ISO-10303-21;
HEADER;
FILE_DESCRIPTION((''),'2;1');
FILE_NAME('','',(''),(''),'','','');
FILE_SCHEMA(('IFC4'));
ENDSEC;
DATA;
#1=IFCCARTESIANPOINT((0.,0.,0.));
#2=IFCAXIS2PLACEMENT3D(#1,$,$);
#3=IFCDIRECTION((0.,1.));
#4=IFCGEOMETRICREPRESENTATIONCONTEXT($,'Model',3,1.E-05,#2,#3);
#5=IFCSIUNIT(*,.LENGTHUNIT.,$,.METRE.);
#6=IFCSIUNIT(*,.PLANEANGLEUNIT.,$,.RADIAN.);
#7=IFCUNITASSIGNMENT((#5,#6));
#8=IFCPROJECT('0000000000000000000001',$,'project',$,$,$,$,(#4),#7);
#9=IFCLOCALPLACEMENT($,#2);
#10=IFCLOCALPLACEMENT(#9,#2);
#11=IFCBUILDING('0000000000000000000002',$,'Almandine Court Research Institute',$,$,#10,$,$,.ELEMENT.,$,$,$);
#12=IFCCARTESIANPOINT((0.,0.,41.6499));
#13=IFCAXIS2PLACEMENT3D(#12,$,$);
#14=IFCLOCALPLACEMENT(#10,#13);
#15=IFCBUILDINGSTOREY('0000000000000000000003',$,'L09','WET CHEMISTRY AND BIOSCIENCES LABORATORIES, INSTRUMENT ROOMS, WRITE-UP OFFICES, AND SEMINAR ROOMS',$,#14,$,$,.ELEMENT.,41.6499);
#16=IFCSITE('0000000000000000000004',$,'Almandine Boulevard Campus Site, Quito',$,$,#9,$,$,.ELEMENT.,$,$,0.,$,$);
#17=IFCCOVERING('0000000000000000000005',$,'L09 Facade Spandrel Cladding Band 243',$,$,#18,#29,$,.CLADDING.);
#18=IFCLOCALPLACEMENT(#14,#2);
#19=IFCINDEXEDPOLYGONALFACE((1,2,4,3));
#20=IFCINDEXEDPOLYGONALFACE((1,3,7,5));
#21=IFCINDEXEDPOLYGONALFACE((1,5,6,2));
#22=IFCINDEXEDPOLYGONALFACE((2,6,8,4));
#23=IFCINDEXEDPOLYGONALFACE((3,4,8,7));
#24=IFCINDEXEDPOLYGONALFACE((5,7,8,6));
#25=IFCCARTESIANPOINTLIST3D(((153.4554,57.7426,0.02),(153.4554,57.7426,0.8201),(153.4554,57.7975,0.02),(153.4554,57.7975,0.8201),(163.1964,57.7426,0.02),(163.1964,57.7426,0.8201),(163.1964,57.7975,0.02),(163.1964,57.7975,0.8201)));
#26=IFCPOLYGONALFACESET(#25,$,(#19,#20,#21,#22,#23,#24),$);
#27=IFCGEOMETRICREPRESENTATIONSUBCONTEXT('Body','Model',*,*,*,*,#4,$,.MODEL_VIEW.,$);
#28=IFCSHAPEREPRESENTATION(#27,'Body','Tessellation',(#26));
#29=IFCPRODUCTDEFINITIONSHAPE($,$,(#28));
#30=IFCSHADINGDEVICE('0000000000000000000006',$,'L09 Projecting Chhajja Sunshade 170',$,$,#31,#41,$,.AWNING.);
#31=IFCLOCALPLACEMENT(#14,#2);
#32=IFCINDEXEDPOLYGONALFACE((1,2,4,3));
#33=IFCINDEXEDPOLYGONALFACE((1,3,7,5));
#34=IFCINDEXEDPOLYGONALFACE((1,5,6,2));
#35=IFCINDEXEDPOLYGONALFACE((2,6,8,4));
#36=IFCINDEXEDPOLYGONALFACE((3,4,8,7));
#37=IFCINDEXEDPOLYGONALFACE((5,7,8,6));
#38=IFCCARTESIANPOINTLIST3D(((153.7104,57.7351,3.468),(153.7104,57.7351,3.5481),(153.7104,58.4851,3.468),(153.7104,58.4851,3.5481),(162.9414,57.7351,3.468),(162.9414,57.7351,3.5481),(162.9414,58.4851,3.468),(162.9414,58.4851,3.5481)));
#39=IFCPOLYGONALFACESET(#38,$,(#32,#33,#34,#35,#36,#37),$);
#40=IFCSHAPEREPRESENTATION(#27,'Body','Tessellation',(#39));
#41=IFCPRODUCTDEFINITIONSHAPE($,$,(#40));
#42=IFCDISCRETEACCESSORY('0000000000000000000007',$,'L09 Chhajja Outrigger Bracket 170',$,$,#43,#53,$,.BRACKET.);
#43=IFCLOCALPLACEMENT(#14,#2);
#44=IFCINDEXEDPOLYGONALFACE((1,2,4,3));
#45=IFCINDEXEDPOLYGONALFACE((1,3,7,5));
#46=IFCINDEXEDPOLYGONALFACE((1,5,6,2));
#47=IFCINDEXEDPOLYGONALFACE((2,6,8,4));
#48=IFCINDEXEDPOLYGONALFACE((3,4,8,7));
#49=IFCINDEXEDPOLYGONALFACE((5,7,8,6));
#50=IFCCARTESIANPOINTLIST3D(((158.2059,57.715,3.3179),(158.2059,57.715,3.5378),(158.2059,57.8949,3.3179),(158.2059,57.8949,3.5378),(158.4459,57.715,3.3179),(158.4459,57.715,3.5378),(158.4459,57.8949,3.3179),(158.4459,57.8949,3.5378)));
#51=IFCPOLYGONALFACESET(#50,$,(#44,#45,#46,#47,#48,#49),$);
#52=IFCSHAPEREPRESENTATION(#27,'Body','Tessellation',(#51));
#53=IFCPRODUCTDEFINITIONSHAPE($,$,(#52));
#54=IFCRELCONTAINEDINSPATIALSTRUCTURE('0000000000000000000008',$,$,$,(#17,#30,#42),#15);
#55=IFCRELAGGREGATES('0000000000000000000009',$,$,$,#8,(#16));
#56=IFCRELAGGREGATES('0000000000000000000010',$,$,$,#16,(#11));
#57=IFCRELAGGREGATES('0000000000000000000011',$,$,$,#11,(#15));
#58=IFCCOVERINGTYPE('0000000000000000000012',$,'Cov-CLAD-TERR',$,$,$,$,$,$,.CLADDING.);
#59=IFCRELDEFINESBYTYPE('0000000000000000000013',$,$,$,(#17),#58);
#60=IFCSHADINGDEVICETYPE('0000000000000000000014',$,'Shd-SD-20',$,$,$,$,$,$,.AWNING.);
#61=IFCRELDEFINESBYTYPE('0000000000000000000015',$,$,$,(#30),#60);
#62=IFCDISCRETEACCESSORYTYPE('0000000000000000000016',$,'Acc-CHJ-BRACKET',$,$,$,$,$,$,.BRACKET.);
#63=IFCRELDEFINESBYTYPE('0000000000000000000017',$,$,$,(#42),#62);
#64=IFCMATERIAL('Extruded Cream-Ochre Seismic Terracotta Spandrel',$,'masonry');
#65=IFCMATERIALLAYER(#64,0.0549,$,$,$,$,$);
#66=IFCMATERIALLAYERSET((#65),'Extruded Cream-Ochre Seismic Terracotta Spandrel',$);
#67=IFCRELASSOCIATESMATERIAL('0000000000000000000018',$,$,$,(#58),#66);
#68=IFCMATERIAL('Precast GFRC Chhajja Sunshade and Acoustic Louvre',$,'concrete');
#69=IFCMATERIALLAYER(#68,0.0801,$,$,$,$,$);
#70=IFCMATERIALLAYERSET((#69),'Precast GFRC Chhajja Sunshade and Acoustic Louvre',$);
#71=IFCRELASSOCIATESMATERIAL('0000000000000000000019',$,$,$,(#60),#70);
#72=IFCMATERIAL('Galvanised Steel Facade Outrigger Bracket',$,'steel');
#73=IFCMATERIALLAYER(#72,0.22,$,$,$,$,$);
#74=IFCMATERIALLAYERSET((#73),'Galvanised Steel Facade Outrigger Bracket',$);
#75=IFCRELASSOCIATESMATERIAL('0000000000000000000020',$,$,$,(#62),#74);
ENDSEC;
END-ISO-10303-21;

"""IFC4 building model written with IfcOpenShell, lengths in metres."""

from ifc_helpers import new_model, si_unit, direction, frame, origin, origin_2d, place, context, subcontext, project, spatial, rectangle, extrude, material, layer, layer_set, type_object, element, save


model = new_model("IFC4")

# Units and contexts
model_context = context("Model", 3, precision=1e-05, world=origin(), true_north=direction((0.0, 1.0)))
body_context = subcontext(model_context, "Body", "Model", "MODEL_VIEW")
ifc_project = project(units=[si_unit("LENGTHUNIT", "METRE"), si_unit("PLANEANGLEUNIT", "RADIAN")], contexts=[model_context])

# Site, building, storey
site_placement = place(None, origin())
site = spatial("IfcSite", under=ifc_project, at=site_placement, Name="Almandine Boulevard Campus Site, Quito", CompositionType="ELEMENT", RefElevation=0.0)
building_placement = place(site_placement, origin())
building = spatial("IfcBuilding", under=site, at=building_placement, Name="Almandine Court Research Institute", CompositionType="ELEMENT")
storey_placement = place(building_placement, frame((0.0, 0.0, 41.6499)))
storey = spatial("IfcBuildingStorey", under=building, at=storey_placement, Name="L09", Description="WET CHEMISTRY AND BIOSCIENCES LABORATORIES, INSTRUMENT ROOMS, WRITE-UP OFFICES, AND SEMINAR ROOMS", CompositionType="ELEMENT", Elevation=41.6499)

# Covering
ifc_material_1 = material(Name="Extruded Cream-Ochre Seismic Terracotta Spandrel", Category="masonry")
ifc_layer_1 = layer(ifc_material_1, 0.0549)
ifc_layer_set_1 = layer_set([ifc_layer_1], Name="Extruded Cream-Ochre Seismic Terracotta Spandrel")
covering_type = type_object("IfcCoveringType", Name="Cov-CLAD-TERR", PredefinedType="CLADDING", material=ifc_layer_set_1)
covering_placement = place(storey_placement, frame((158.3259, 57.77, 0.02), z_axis=(0.0, 0.0, 1.0), x_axis=(1.0, 0.0, 0.0)))
element("IfcCovering", 1, at=covering_placement, inside=storey, type_object=covering_type, Name="L09 Facade Spandrel Cladding Band 243", PredefinedType="CLADDING", context=body_context, shape_type="SweptSolid", body=[
    extrude(rectangle(XDim=9.741, YDim=0.0549, at=origin_2d()), origin(), (0.0, 0.0, 1.0), 0.8),
])

# Shading device
ifc_material_2 = material(Name="Precast GFRC Chhajja Sunshade and Acoustic Louvre", Category="concrete")
ifc_layer_2 = layer(ifc_material_2, 0.0801)
ifc_layer_set_2 = layer_set([ifc_layer_2], Name="Precast GFRC Chhajja Sunshade and Acoustic Louvre")
shading_device_type = type_object("IfcShadingDeviceType", Name="Shd-SD-20", PredefinedType="AWNING", material=ifc_layer_set_2)
shading_device_placement = place(storey_placement, frame((158.3259, 58.1101, 3.468), z_axis=(0.0, 0.0, 1.0), x_axis=(1.0, 0.0, 0.0)))
element("IfcShadingDevice", 2, at=shading_device_placement, inside=storey, type_object=shading_device_type, Name="L09 Projecting Chhajja Sunshade 170", PredefinedType="AWNING", context=body_context, shape_type="SweptSolid", body=[
    extrude(rectangle(XDim=9.231, YDim=0.75, at=origin_2d()), origin(), (0.0, 0.0, 1.0), 0.0801),
])

# Discrete accessory
ifc_material_3 = material(Name="Galvanised Steel Facade Outrigger Bracket", Category="steel")
ifc_layer_3 = layer(ifc_material_3, 0.22)
ifc_layer_set_3 = layer_set([ifc_layer_3], Name="Galvanised Steel Facade Outrigger Bracket")
discrete_accessory_type = type_object("IfcDiscreteAccessoryType", Name="Acc-CHJ-BRACKET", PredefinedType="BRACKET", material=ifc_layer_set_3)
discrete_accessory_placement = place(storey_placement, frame((158.3259, 57.8049, 3.3179), z_axis=(0.0, 0.0, 1.0), x_axis=(1.0, 0.0, 0.0)))
element("IfcDiscreteAccessory", 3, at=discrete_accessory_placement, inside=storey, type_object=discrete_accessory_type, Name="L09 Chhajja Outrigger Bracket 170", PredefinedType="BRACKET", context=body_context, shape_type="SweptSolid", body=[
    extrude(rectangle(XDim=0.24, YDim=0.1799, at=origin_2d()), origin(), (0.0, 0.0, 1.0), 0.22),
])

save(model, "model.ifc")
